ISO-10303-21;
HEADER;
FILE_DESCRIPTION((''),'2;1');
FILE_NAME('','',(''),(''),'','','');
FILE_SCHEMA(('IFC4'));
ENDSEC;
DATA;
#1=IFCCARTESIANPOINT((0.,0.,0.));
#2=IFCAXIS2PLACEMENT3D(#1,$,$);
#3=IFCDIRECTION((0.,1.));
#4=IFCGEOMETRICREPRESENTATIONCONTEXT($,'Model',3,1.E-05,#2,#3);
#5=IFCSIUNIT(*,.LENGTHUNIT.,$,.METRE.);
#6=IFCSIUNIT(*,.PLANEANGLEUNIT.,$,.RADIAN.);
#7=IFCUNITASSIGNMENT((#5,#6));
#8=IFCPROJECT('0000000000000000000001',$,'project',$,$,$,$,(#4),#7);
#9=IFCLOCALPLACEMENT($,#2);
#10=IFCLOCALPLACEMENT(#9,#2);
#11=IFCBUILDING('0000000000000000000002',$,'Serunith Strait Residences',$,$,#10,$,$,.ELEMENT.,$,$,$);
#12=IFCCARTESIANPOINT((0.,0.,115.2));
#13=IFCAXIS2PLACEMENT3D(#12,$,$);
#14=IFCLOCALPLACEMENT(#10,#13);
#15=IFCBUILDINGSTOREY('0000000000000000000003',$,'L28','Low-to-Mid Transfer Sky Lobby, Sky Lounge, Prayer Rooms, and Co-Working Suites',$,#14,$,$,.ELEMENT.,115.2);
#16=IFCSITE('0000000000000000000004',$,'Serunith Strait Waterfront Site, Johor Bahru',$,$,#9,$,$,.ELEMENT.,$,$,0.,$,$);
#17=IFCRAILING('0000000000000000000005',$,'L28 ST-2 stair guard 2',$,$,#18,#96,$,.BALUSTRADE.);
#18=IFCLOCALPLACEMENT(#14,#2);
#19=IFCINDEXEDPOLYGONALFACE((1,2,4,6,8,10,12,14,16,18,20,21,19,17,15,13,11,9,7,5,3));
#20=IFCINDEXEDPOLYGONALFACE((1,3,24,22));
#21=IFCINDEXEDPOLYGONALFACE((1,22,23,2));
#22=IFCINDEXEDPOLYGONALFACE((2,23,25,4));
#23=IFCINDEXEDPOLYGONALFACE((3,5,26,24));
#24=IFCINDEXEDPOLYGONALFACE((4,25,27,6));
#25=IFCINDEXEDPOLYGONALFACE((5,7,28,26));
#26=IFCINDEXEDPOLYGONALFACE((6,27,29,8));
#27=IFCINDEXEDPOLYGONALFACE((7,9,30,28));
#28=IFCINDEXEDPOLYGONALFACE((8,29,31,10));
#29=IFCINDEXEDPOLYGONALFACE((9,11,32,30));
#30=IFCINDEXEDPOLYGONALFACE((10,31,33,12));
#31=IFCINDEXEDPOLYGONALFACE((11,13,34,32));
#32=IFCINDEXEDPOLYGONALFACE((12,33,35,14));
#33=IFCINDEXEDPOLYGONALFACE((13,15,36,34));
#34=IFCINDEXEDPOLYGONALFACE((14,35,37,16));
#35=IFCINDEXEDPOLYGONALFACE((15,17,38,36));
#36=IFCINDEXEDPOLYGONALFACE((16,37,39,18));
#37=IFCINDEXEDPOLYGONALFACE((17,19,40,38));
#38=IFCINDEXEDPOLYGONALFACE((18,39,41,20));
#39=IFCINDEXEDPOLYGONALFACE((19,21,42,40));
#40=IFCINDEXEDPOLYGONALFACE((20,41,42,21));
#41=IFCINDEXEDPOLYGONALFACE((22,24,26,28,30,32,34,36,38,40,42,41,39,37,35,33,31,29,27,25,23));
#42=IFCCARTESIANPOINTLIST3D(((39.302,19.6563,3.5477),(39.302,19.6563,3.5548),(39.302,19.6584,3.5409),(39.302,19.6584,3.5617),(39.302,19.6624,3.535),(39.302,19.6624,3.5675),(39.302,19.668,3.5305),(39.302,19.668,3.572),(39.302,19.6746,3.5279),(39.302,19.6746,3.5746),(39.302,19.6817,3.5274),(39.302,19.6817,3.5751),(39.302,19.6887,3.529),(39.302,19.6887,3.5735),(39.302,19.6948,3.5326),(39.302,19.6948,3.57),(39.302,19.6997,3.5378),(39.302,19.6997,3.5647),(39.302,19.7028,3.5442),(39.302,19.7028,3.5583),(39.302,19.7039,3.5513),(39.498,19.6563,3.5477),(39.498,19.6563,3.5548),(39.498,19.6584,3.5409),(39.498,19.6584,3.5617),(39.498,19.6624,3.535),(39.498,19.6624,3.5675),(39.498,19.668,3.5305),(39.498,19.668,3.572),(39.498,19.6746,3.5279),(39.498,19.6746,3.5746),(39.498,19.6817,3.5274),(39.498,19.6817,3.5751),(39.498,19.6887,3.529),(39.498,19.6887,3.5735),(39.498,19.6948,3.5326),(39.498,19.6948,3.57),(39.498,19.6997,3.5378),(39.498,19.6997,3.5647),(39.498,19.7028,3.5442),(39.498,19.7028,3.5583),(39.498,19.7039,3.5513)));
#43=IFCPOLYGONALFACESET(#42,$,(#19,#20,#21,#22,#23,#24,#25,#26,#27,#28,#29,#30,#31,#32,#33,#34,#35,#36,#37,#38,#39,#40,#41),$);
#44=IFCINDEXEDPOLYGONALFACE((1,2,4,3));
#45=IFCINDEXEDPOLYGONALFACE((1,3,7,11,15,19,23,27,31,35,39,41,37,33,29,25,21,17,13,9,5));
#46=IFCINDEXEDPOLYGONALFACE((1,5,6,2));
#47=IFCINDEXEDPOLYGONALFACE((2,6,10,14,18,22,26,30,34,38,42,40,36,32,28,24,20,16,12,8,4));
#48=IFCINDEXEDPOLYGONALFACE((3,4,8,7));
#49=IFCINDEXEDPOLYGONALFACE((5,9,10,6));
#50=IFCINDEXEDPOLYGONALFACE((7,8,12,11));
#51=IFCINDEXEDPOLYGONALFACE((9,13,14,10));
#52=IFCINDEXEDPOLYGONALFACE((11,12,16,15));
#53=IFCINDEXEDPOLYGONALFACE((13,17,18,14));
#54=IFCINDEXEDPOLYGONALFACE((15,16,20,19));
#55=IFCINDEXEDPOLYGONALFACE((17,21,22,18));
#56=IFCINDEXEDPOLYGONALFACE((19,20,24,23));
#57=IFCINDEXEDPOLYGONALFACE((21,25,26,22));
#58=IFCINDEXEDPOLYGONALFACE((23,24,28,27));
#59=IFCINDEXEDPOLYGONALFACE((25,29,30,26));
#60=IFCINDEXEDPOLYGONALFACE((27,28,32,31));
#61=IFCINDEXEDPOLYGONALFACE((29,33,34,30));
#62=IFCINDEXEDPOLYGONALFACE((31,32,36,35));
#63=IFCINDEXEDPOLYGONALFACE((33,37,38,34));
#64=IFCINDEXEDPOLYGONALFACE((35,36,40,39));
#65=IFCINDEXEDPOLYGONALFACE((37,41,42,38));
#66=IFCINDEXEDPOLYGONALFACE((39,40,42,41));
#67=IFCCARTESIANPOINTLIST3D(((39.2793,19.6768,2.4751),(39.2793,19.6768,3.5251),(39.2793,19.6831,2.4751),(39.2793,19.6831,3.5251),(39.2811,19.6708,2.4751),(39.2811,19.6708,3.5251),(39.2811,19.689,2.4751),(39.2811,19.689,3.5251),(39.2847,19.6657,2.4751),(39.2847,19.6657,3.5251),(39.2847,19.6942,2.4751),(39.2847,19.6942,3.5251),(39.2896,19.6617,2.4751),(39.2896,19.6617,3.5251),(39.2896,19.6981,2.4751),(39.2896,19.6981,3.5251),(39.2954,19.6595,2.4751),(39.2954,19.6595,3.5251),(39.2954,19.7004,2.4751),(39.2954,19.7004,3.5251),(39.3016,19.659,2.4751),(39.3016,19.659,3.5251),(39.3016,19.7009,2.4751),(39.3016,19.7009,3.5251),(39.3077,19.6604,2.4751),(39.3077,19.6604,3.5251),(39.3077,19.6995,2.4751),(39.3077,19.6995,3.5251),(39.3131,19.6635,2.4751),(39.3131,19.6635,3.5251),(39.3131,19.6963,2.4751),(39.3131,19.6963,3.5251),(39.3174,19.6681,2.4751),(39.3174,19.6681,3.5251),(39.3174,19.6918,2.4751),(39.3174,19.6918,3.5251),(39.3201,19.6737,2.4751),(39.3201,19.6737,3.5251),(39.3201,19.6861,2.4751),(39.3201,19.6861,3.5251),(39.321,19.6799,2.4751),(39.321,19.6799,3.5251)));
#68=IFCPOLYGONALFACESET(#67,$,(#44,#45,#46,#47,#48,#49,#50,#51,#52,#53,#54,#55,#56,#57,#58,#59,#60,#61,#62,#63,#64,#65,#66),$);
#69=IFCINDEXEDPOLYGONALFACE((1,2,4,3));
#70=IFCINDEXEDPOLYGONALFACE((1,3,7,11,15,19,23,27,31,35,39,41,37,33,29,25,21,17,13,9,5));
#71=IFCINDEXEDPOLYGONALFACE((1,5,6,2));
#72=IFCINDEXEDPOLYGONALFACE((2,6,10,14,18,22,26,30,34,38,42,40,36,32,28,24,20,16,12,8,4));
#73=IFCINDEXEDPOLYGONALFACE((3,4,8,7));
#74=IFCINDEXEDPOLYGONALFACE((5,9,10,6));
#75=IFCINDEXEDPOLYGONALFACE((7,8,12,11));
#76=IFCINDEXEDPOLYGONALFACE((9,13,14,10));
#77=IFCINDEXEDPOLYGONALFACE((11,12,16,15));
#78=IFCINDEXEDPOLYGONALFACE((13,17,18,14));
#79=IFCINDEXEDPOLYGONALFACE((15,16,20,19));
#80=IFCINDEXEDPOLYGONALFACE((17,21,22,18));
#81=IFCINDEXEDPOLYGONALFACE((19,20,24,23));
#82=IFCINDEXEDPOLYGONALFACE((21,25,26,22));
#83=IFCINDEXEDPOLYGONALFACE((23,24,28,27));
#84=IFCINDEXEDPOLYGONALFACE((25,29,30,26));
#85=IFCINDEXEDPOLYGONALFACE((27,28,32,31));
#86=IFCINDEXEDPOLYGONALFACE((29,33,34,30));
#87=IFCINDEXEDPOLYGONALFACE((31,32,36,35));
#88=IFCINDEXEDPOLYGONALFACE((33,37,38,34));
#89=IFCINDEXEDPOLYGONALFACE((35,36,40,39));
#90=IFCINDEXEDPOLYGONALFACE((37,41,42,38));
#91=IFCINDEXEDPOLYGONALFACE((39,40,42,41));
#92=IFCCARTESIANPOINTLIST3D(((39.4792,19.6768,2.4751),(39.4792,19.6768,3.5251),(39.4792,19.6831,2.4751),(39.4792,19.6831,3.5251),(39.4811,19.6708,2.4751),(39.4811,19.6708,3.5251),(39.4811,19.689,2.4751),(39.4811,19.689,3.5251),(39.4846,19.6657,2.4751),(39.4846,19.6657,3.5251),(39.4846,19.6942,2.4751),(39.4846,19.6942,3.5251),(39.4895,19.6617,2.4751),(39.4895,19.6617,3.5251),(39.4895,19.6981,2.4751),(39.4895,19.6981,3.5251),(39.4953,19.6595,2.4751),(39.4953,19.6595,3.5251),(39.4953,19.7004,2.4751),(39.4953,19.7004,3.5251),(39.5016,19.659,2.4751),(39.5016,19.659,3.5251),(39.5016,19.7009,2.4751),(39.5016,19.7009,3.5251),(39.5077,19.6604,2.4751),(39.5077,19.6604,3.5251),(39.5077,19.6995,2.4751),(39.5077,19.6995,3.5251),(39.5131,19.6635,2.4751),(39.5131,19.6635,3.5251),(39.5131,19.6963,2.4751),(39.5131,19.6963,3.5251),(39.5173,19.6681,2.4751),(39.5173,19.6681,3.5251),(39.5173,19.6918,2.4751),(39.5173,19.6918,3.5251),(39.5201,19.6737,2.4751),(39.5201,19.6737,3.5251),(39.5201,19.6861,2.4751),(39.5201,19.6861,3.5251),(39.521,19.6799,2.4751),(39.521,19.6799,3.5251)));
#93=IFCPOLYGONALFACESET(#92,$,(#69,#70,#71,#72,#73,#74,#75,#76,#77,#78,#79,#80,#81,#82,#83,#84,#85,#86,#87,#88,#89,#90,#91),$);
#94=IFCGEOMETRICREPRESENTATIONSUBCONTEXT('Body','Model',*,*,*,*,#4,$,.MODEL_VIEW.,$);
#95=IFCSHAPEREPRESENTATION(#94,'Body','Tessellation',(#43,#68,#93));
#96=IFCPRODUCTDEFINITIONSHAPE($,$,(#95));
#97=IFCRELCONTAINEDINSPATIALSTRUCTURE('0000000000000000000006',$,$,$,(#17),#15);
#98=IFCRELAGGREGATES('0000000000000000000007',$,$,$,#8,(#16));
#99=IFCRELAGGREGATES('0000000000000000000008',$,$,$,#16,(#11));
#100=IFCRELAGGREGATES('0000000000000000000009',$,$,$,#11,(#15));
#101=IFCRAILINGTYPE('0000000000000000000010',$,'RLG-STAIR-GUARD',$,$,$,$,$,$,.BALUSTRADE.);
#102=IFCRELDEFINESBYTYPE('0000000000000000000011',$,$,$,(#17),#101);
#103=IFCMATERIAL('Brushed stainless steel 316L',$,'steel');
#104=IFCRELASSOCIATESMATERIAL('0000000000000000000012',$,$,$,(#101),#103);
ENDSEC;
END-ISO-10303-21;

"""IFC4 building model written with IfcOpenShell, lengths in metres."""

from ifc_helpers import new_model, si_unit, direction, frame, origin, origin_2d, place, context, subcontext, project, spatial, circle, extrude, material, type_object, element, save


model = new_model("IFC4")

# Units and contexts
model_context = context("Model", 3, precision=1e-05, world=origin(), true_north=direction((0.0, 1.0)))
body_context = subcontext(model_context, "Body", "Model", "MODEL_VIEW")
ifc_project = project(units=[si_unit("LENGTHUNIT", "METRE"), si_unit("PLANEANGLEUNIT", "RADIAN")], contexts=[model_context])

# Site, building, storey
site_placement = place(None, origin())
site = spatial("IfcSite", under=ifc_project, at=site_placement, Name="Serunith Strait Waterfront Site, Johor Bahru", CompositionType="ELEMENT", RefElevation=0.0)
building_placement = place(site_placement, origin())
building = spatial("IfcBuilding", under=site, at=building_placement, Name="Serunith Strait Residences", CompositionType="ELEMENT")
storey_placement = place(building_placement, frame((0.0, 0.0, 115.2)))
storey = spatial("IfcBuildingStorey", under=building, at=storey_placement, Name="L28", Description="Low-to-Mid Transfer Sky Lobby, Sky Lounge, Prayer Rooms, and Co-Working Suites", CompositionType="ELEMENT", Elevation=115.2)

# Railing
ifc_material_1 = material(Name="Brushed stainless steel 316L", Category="steel")
railing_type_1 = type_object("IfcRailingType", Name="RLG-STAIR-GUARD", PredefinedType="BALUSTRADE", material=ifc_material_1)
railing_1_placement = place(storey_placement, frame((39.3, 19.6799, 2.4751)))
element("IfcRailing", 1, at=railing_1_placement, inside=storey, type_object=railing_type_1, Name="L28 ST-2 stair guard 2", PredefinedType="BALUSTRADE", context=body_context, shape_type="SweptSolid", body=[
    extrude(circle(Radius=0.0239, at=origin_2d()), frame((0.002, 0.0, 1.0762), z_axis=(1.0, 0.0, 0.0), x_axis=(0.0, 1.0, 0.0)), (0.0, 0.0, 1.0), 0.196),
    extrude(circle(Radius=0.021, at=origin_2d()), origin(), (0.0, 0.0, 1.0), 1.05),
    extrude(circle(Radius=0.021, at=origin_2d()), frame((0.2, 0.0, 0.0)), (0.0, 0.0, 1.0), 1.05),
])

save(model, "model.ifc")
